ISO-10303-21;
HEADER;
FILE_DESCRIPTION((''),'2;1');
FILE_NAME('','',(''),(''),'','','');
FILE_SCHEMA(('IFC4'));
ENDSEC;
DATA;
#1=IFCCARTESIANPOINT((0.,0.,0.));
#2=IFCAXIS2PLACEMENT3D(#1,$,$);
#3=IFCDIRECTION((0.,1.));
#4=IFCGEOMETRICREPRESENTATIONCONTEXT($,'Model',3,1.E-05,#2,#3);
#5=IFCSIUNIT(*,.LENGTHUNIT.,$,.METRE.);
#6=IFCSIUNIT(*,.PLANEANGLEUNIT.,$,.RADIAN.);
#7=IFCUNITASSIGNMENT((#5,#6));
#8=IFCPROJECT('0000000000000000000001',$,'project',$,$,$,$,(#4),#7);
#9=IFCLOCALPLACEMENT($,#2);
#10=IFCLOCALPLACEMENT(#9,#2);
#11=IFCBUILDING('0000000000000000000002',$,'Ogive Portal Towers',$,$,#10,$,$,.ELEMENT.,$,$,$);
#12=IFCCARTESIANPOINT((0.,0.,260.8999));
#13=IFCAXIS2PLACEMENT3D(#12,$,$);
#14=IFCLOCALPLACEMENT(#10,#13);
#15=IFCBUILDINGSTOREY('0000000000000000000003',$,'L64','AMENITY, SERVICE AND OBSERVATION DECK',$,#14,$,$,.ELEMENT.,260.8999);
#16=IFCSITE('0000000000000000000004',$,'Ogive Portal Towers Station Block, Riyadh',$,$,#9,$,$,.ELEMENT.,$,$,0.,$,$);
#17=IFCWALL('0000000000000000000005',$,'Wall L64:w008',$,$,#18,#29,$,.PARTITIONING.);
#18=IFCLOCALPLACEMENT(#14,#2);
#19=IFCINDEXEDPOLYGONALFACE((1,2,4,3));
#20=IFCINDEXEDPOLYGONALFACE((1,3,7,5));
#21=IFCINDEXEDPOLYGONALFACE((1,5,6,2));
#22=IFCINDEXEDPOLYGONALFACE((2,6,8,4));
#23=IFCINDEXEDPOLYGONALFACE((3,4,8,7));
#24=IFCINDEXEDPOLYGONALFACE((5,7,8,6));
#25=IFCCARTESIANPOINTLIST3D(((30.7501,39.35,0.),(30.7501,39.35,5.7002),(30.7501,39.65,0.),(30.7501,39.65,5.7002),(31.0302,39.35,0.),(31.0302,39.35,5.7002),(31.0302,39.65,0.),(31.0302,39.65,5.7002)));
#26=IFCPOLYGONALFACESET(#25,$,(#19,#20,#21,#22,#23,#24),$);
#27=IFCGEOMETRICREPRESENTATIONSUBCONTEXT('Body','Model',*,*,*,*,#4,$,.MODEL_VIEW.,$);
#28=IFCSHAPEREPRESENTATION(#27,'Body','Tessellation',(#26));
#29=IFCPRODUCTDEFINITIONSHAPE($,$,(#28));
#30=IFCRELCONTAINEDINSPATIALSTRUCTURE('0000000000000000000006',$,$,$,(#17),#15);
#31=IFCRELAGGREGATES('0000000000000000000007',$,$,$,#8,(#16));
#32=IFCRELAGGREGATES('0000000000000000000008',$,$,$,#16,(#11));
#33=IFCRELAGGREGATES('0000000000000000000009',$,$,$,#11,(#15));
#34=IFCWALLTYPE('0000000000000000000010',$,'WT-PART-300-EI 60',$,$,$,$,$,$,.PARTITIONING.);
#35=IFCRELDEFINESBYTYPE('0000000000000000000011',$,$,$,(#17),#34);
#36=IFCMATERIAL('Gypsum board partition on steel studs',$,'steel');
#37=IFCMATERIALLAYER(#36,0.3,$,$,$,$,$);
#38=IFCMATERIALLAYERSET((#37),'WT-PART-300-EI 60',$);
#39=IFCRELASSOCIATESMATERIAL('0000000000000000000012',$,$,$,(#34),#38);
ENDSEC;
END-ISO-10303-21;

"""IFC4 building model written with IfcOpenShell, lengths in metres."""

from ifc_helpers import new_model, si_unit, direction, frame, frame_2d, origin, place, context, subcontext, project, spatial, rectangle, extrude, material, layer, layer_set, type_object, element, save


model = new_model("IFC4")

# Units and contexts
model_context = context("Model", 3, precision=1e-05, world=origin(), true_north=direction((0.0, 1.0)))
body_context = subcontext(model_context, "Body", "Model", "MODEL_VIEW")
ifc_project = project(units=[si_unit("LENGTHUNIT", "METRE"), si_unit("PLANEANGLEUNIT", "RADIAN")], contexts=[model_context])

# Site, building, storey
site_placement = place(None, origin())
site = spatial("IfcSite", under=ifc_project, at=site_placement, Name="Ogive Portal Towers Station Block, Riyadh", CompositionType="ELEMENT", RefElevation=0.0)
building_placement = place(site_placement, origin())
building = spatial("IfcBuilding", under=site, at=building_placement, Name="Ogive Portal Towers", CompositionType="ELEMENT")
storey_placement = place(building_placement, frame((0.0, 0.0, 260.8999)))
storey = spatial("IfcBuildingStorey", under=building, at=storey_placement, Name="L64", Description="AMENITY, SERVICE AND OBSERVATION DECK", CompositionType="ELEMENT", Elevation=260.8999)

# Wall
ifc_material_1 = material(Name="Gypsum board partition on steel studs", Category="steel")
ifc_layer_1 = layer(ifc_material_1, 0.3)
ifc_layer_set_1 = layer_set([ifc_layer_1], Name="WT-PART-300-EI 60")
wall_type_1 = type_object("IfcWallType", Name="WT-PART-300-EI 60", PredefinedType="PARTITIONING", material=ifc_layer_set_1)
wall_1_placement = place(storey_placement, frame((30.75, 39.5, 0.0), z_axis=(0.0, 0.0, 1.0), x_axis=(1.0, 0.0, 0.0)))
element("IfcWall", 1, at=wall_1_placement, inside=storey, type_object=wall_type_1, Name="Wall L64:w008", PredefinedType="PARTITIONING", context=body_context, shape_type="SweptSolid", body=[
    extrude(rectangle(XDim=0.28, YDim=0.3, at=frame_2d((0.1401, 0.0))), origin(), (0.0, 0.0, 1.0), 5.7002),
])

save(model, "model.ifc")
